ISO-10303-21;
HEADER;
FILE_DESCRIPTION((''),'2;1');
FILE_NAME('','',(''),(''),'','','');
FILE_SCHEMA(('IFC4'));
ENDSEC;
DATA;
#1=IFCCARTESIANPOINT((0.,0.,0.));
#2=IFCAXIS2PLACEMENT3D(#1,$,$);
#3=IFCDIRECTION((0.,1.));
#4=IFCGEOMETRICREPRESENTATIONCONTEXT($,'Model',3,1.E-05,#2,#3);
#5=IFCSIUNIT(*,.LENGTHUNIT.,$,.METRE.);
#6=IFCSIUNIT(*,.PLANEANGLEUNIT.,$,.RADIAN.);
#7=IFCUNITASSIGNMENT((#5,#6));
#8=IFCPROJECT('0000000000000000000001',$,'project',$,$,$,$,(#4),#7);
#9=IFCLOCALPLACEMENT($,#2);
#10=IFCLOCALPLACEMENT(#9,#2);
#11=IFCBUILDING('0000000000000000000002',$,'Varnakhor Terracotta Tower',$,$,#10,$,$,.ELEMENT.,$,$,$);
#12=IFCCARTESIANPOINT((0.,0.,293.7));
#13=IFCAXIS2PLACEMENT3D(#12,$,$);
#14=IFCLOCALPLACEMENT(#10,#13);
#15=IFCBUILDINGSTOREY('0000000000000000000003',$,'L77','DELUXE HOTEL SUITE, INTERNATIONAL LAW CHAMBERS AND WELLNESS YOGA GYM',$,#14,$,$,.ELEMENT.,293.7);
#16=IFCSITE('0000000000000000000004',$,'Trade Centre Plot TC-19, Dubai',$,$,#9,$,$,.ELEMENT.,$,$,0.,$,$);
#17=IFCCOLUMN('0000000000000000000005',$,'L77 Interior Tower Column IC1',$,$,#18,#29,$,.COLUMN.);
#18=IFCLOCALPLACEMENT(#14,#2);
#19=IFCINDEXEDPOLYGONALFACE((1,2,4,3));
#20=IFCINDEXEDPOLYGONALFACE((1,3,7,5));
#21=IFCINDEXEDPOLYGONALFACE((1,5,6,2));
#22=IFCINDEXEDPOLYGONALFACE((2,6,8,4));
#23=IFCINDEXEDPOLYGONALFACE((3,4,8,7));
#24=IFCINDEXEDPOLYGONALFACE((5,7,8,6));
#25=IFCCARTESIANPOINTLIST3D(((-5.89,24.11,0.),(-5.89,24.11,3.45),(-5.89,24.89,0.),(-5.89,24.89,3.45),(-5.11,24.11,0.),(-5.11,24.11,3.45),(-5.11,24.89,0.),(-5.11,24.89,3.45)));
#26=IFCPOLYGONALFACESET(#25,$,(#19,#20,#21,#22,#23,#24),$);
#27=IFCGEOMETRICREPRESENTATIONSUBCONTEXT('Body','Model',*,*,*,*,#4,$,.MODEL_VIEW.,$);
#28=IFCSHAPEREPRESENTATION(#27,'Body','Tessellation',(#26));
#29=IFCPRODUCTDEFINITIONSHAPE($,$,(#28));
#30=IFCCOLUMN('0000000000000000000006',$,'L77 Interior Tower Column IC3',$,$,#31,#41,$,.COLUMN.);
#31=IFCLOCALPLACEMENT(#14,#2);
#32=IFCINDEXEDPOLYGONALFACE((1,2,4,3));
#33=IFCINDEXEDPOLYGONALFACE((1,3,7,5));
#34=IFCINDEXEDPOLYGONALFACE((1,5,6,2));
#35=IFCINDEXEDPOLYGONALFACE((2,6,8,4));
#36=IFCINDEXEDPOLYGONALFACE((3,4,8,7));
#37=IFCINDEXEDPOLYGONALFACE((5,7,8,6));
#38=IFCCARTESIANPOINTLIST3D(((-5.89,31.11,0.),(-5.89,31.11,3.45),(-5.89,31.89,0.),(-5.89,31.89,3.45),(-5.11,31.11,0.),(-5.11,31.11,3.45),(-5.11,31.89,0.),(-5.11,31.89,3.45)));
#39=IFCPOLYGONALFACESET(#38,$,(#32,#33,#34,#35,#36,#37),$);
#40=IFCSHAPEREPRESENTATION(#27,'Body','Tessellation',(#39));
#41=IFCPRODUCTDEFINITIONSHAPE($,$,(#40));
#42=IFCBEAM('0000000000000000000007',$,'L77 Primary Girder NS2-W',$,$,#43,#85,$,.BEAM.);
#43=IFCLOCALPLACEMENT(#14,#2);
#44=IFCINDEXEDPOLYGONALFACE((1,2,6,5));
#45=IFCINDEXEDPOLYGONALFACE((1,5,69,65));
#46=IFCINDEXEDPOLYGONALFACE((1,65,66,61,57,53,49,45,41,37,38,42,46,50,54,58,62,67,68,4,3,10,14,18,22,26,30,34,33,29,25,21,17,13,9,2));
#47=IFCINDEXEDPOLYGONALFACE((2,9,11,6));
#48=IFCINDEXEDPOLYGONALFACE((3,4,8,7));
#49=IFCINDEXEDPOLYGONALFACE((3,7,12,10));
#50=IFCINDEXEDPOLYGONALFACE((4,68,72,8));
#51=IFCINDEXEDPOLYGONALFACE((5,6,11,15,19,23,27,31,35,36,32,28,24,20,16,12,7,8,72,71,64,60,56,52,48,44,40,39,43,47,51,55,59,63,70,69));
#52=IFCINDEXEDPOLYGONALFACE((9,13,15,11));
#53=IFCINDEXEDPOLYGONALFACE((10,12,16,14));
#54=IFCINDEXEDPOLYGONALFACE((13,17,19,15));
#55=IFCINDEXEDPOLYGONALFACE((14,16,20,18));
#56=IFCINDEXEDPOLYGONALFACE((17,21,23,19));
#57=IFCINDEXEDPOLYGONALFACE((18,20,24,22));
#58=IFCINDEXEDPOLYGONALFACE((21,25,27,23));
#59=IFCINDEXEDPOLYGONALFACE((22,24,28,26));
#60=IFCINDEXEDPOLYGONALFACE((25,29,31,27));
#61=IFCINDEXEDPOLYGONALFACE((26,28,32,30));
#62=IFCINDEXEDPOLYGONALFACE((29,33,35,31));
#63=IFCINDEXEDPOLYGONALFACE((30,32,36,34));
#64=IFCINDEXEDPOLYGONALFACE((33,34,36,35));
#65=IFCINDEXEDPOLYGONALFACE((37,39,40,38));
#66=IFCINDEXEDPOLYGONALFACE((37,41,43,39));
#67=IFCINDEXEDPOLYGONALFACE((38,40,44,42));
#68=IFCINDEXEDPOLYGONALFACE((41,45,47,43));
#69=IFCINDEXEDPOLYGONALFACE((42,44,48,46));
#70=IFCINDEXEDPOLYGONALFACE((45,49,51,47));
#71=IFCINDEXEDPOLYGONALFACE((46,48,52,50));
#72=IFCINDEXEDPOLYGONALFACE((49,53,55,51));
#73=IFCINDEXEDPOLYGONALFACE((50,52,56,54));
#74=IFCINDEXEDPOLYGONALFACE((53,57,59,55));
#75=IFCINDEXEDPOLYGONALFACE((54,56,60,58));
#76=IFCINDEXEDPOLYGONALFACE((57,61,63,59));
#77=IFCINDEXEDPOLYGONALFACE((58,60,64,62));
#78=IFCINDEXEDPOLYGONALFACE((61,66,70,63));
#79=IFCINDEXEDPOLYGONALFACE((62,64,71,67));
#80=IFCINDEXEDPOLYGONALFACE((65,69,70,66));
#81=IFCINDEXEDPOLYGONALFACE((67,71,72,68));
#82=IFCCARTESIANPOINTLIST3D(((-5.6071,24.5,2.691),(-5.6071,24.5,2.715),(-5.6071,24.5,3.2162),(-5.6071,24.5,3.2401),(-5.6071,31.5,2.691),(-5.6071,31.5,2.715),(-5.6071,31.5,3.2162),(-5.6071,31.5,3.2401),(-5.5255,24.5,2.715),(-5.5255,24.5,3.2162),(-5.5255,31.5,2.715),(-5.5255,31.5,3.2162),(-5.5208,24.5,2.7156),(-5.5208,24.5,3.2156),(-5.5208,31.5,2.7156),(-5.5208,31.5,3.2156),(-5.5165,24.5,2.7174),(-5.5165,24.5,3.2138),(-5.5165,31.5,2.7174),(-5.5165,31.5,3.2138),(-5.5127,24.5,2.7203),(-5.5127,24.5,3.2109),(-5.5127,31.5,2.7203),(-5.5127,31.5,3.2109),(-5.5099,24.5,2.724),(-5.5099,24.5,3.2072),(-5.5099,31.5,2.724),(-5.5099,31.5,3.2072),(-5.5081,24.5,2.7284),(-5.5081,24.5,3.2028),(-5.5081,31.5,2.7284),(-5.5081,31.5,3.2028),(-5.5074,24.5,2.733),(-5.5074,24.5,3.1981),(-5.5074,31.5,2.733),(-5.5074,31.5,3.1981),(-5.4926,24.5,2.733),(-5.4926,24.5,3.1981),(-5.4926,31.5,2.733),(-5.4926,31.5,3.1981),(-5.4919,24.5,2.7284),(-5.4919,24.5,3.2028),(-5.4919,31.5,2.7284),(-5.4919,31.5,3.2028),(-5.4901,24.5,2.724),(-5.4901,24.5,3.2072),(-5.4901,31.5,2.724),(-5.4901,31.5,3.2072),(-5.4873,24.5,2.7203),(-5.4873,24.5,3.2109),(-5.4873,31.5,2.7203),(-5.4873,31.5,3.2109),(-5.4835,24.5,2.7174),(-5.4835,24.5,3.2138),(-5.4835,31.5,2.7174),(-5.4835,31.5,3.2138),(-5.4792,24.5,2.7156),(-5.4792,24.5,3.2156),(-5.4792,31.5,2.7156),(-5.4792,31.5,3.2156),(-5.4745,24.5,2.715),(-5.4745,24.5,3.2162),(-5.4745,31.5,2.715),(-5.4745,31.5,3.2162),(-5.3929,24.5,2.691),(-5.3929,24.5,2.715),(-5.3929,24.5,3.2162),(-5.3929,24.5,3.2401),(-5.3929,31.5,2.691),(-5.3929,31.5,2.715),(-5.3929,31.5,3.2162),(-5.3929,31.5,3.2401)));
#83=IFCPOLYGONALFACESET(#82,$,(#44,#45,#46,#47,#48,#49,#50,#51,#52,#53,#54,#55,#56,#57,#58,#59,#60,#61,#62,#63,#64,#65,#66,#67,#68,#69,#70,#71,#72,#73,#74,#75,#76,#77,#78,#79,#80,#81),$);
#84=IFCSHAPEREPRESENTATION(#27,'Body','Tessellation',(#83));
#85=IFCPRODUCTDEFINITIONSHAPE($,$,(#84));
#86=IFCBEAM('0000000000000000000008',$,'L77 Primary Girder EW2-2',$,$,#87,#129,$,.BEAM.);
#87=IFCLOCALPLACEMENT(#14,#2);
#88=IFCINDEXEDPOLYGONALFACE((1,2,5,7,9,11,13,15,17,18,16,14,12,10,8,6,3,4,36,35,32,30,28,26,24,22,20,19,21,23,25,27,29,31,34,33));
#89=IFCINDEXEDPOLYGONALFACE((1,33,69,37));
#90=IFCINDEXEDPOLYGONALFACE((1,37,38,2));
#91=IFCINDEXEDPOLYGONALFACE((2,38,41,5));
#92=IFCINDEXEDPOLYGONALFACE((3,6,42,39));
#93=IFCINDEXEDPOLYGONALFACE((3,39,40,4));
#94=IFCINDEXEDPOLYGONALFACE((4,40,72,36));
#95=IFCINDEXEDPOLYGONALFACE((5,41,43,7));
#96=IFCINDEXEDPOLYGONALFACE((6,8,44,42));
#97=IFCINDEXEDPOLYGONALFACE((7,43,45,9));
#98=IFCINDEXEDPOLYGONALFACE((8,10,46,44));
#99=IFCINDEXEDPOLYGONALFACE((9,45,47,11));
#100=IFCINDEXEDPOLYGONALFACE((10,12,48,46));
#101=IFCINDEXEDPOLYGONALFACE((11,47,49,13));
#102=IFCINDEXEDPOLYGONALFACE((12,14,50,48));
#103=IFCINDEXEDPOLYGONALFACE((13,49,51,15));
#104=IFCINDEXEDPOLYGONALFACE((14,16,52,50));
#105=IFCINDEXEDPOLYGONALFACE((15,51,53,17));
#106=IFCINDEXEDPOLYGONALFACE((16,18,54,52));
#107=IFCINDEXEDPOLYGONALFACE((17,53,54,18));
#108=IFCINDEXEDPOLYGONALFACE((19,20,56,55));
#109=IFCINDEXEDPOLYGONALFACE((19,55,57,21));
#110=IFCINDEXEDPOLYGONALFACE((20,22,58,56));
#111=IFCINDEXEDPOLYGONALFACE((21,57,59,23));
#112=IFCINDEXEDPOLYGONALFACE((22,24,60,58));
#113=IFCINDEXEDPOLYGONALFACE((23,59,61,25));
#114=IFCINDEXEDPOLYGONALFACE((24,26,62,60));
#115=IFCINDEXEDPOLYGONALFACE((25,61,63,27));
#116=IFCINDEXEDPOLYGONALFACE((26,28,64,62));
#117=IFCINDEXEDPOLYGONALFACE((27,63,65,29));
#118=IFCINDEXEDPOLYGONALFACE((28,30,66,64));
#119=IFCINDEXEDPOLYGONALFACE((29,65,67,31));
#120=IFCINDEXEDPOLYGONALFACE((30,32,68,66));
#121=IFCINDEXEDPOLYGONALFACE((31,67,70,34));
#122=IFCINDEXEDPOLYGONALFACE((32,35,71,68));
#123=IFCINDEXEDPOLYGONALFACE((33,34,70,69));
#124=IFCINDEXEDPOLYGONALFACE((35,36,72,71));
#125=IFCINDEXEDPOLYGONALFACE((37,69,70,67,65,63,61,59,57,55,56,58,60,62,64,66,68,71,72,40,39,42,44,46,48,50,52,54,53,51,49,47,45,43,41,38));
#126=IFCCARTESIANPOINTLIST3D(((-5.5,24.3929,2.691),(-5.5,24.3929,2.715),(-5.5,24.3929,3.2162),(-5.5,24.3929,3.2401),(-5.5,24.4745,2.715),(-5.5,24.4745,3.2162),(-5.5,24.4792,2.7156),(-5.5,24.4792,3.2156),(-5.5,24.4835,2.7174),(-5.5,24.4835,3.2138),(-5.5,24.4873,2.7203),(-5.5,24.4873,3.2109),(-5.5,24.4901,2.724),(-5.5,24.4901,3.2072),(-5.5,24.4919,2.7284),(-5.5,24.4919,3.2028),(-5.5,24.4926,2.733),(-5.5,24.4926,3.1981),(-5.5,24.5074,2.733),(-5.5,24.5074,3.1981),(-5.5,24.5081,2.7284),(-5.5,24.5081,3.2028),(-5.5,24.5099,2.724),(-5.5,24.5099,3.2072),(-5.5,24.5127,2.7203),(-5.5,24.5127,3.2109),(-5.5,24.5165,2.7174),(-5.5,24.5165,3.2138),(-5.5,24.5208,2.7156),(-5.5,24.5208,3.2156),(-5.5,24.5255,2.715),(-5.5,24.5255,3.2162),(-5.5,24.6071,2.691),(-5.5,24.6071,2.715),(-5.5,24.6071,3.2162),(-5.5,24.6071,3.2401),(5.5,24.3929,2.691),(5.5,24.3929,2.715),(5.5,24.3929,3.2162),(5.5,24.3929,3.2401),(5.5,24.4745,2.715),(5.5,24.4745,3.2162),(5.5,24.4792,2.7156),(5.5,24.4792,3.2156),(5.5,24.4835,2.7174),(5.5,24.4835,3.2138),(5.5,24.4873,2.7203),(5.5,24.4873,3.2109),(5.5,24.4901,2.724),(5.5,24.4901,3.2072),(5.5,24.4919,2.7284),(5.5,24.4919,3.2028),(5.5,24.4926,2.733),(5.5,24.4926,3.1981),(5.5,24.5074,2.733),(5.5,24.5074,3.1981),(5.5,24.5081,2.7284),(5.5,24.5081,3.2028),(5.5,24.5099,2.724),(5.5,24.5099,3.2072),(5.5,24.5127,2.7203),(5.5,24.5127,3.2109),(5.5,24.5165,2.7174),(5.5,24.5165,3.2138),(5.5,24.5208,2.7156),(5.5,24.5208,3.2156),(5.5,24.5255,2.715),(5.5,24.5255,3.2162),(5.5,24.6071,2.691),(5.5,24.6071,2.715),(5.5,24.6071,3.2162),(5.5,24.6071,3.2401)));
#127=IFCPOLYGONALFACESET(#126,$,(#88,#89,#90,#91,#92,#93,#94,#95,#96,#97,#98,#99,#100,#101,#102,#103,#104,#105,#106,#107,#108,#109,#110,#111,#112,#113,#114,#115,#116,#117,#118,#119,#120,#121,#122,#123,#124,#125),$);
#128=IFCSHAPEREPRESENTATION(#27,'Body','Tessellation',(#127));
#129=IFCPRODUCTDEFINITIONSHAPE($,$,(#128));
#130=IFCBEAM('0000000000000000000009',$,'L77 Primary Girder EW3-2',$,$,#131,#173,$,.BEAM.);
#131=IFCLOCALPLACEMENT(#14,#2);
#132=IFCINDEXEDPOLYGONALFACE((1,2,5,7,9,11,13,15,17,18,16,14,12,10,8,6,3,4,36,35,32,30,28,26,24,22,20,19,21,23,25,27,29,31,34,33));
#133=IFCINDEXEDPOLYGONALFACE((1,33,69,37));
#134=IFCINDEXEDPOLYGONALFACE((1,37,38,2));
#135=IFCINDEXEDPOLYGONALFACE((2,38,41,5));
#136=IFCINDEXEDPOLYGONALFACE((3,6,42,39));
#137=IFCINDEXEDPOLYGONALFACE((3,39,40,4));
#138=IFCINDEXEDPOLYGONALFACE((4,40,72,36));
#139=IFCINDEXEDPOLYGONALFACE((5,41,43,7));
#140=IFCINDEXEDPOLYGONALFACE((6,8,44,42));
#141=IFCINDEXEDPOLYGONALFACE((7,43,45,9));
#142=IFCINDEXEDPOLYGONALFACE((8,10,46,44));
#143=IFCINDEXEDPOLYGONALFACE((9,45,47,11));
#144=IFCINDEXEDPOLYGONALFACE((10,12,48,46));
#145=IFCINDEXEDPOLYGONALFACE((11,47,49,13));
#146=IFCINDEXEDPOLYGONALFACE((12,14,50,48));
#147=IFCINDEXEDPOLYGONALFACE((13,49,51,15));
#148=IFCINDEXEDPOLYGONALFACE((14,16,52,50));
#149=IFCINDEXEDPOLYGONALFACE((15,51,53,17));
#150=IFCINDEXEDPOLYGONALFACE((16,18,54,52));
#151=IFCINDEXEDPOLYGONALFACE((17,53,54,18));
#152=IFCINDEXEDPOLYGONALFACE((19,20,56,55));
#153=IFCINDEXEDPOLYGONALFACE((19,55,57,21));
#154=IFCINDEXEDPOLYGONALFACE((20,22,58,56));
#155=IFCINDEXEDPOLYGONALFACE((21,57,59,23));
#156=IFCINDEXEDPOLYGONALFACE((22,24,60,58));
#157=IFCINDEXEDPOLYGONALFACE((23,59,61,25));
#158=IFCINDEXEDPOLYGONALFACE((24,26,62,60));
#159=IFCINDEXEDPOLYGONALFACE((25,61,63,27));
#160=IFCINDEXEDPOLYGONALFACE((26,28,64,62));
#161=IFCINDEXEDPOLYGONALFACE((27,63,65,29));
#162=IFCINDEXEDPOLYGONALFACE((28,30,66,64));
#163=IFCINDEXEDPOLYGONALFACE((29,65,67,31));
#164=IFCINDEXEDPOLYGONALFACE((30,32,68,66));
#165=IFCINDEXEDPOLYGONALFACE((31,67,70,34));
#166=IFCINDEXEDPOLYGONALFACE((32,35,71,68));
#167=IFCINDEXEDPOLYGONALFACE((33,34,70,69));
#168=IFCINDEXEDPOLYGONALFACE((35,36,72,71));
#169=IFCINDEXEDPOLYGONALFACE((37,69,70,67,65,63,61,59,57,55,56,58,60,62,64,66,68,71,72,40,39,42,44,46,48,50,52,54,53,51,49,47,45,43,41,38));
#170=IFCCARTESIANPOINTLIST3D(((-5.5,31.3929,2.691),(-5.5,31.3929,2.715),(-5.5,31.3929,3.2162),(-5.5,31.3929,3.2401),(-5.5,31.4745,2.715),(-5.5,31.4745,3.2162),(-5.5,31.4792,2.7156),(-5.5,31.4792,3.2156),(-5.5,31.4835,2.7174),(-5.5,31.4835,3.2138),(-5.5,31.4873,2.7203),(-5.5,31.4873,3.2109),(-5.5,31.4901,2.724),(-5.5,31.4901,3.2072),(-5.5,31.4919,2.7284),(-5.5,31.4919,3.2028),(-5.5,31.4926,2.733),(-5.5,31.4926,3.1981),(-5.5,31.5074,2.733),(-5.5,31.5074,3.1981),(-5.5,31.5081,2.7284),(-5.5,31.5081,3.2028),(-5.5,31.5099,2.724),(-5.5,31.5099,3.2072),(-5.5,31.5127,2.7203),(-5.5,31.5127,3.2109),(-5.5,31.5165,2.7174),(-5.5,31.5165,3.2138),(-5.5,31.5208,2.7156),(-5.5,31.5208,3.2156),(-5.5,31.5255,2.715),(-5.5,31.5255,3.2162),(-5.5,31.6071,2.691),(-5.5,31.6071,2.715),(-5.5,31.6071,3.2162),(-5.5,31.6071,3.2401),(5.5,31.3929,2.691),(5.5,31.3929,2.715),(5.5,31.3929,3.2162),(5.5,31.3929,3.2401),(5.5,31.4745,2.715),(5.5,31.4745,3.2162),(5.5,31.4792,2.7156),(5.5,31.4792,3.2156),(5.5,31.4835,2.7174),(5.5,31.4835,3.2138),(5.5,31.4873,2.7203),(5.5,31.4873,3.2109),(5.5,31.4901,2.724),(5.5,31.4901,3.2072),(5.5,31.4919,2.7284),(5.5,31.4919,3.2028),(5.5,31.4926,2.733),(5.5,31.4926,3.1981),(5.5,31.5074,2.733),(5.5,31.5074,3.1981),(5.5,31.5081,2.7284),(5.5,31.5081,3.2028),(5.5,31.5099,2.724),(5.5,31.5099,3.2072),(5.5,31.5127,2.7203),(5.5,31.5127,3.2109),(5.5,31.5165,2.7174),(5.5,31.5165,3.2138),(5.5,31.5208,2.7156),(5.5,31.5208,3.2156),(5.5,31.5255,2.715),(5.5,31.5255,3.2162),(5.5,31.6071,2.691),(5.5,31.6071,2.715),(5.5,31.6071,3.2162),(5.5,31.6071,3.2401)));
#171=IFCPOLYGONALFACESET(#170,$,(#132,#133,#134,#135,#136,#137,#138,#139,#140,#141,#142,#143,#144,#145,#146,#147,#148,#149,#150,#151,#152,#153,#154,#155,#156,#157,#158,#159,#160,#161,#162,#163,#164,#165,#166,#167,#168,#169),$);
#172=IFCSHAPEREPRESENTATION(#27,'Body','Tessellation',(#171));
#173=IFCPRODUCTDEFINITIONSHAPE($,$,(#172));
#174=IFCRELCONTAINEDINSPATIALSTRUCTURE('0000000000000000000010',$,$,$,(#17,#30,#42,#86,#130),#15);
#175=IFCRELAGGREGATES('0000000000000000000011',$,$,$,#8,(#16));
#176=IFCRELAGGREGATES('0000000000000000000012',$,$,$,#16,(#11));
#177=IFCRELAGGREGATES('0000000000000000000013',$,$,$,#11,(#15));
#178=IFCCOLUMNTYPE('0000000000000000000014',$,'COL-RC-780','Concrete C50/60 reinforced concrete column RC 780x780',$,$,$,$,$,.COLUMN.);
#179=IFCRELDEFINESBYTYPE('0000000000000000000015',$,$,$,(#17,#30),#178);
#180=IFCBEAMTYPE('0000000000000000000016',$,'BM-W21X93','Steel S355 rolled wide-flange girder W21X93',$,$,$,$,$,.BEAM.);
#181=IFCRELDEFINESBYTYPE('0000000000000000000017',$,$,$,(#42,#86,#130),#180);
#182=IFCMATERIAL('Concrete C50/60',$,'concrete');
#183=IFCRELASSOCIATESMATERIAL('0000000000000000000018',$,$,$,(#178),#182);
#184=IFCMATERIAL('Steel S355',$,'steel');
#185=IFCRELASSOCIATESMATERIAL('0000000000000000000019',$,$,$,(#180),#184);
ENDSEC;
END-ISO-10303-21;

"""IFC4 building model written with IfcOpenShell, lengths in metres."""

from ifc_helpers import new_model, si_unit, direction, frame, origin, origin_2d, place, context, subcontext, project, spatial, rectangle, i_section, extrude, source, transform, mapped, material, material_profile, profile_set, type_object, element, save


model = new_model("IFC4")

# Units and contexts
model_context = context("Model", 3, precision=1e-05, world=origin(), true_north=direction((0.0, 1.0)))
body_context = subcontext(model_context, "Body", "Model", "MODEL_VIEW")
ifc_project = project(units=[si_unit("LENGTHUNIT", "METRE"), si_unit("PLANEANGLEUNIT", "RADIAN")], contexts=[model_context])

# Site, building, storey
site_placement = place(None, origin())
site = spatial("IfcSite", under=ifc_project, at=site_placement, Name="Trade Centre Plot TC-19, Dubai", CompositionType="ELEMENT", RefElevation=0.0)
building_placement = place(site_placement, origin())
building = spatial("IfcBuilding", under=site, at=building_placement, Name="Varnakhor Terracotta Tower", CompositionType="ELEMENT")
storey_placement = place(building_placement, frame((0.0, 0.0, 293.7)))
storey = spatial("IfcBuildingStorey", under=building, at=storey_placement, Name="L77", Description="DELUXE HOTEL SUITE, INTERNATIONAL LAW CHAMBERS AND WELLNESS YOGA GYM", CompositionType="ELEMENT", Elevation=293.7)

# Columns
ifc_material_1 = material(Name="Concrete C50/60", Category="concrete")
ifc_material_profile_1 = material_profile(ifc_material_1, rectangle(XDim=0.78, YDim=0.78, at=origin_2d()), Name="RC 780x780")
ifc_profile_set_1 = profile_set([ifc_material_profile_1], Name="Concrete C50/60")
column_type = type_object("IfcColumnType", Name="COL-RC-780", Description="Concrete C50/60 reinforced concrete column RC 780x780", PredefinedType="COLUMN", material=ifc_profile_set_1)
shared_shape_1 = source(origin(), body_context, "Body", "SweptSolid", [
    extrude(rectangle(XDim=0.78, YDim=0.78, at=origin_2d()), origin(), (0.0, 0.0, 1.0), 3.45),
])
for number, where, z_axis, x_axis, name in (
    (1, (-5.5, 24.5, 0.0), (0.0, 0.0, 1.0), (1.0, 0.0, 0.0), "L77 Interior Tower Column IC1"),
    (2, (-5.5, 31.5, 0.0), (0.0, 0.0, 1.0), (1.0, 0.0, 0.0), "L77 Interior Tower Column IC3"),
):
    element("IfcColumn", number, at=place(storey_placement, frame(where, z_axis=z_axis, x_axis=x_axis)), inside=storey, type_object=column_type, Name=name, PredefinedType="COLUMN", context=body_context, shape_type="MappedRepresentation", body=[
        mapped(shared_shape_1, transform((0.0, 0.0, 0.0), scale=1.0)),
    ])

# Beams
ifc_material_2 = material(Name="Steel S355", Category="steel")
ifc_material_profile_2 = material_profile(ifc_material_2, i_section(OverallWidth=0.2141, OverallDepth=0.5491, WebThickness=0.0149, FlangeThickness=0.0239, FilletRadius=0.0181, at=origin_2d()), Name="W21X93")
ifc_profile_set_2 = profile_set([ifc_material_profile_2], Name="Steel S355")
beam_type_1 = type_object("IfcBeamType", Name="BM-W21X93", Description="Steel S355 rolled wide-flange girder W21X93", PredefinedType="BEAM", material=ifc_profile_set_2)
shared_shape_2 = source(origin(), body_context, "Body", "SweptSolid", [
    extrude(i_section(OverallWidth=0.2141, OverallDepth=0.5491, WebThickness=0.0149, FlangeThickness=0.0239, FilletRadius=0.0181, at=origin_2d()), origin(), (0.0, 0.0, 1.0), 7.0),
])
beam_1_placement = place(storey_placement, frame((-5.5, 24.5, 2.9656), z_axis=(0.0, 1.0, 0.0), x_axis=(-1.0, 0.0, 0.0)))
element("IfcBeam", 3, at=beam_1_placement, inside=storey, type_object=beam_type_1, Name="L77 Primary Girder NS2-W", PredefinedType="BEAM", context=body_context, shape_type="MappedRepresentation", body=[
    mapped(shared_shape_2, transform((0.0, 0.0, 0.0), scale=1.0)),
])
shared_shape_3 = source(origin(), body_context, "Body", "SweptSolid", [
    extrude(i_section(OverallWidth=0.2141, OverallDepth=0.5491, WebThickness=0.0149, FlangeThickness=0.0239, FilletRadius=0.0181, at=origin_2d()), origin(), (0.0, 0.0, 1.0), 11.0),
])
for number, where, z_axis, x_axis, name in (
    (4, (-5.5, 24.5, 2.9656), (1.0, 0.0, 0.0), (0.0, 1.0, 0.0), "L77 Primary Girder EW2-2"),
    (5, (-5.5, 31.5, 2.9656), (1.0, 0.0, 0.0), (0.0, 1.0, 0.0), "L77 Primary Girder EW3-2"),
):
    element("IfcBeam", number, at=place(storey_placement, frame(where, z_axis=z_axis, x_axis=x_axis)), inside=storey, type_object=beam_type_1, Name=name, PredefinedType="BEAM", context=body_context, shape_type="MappedRepresentation", body=[
        mapped(shared_shape_3, transform((0.0, 0.0, 0.0), scale=1.0)),
    ])

save(model, "model.ifc")
